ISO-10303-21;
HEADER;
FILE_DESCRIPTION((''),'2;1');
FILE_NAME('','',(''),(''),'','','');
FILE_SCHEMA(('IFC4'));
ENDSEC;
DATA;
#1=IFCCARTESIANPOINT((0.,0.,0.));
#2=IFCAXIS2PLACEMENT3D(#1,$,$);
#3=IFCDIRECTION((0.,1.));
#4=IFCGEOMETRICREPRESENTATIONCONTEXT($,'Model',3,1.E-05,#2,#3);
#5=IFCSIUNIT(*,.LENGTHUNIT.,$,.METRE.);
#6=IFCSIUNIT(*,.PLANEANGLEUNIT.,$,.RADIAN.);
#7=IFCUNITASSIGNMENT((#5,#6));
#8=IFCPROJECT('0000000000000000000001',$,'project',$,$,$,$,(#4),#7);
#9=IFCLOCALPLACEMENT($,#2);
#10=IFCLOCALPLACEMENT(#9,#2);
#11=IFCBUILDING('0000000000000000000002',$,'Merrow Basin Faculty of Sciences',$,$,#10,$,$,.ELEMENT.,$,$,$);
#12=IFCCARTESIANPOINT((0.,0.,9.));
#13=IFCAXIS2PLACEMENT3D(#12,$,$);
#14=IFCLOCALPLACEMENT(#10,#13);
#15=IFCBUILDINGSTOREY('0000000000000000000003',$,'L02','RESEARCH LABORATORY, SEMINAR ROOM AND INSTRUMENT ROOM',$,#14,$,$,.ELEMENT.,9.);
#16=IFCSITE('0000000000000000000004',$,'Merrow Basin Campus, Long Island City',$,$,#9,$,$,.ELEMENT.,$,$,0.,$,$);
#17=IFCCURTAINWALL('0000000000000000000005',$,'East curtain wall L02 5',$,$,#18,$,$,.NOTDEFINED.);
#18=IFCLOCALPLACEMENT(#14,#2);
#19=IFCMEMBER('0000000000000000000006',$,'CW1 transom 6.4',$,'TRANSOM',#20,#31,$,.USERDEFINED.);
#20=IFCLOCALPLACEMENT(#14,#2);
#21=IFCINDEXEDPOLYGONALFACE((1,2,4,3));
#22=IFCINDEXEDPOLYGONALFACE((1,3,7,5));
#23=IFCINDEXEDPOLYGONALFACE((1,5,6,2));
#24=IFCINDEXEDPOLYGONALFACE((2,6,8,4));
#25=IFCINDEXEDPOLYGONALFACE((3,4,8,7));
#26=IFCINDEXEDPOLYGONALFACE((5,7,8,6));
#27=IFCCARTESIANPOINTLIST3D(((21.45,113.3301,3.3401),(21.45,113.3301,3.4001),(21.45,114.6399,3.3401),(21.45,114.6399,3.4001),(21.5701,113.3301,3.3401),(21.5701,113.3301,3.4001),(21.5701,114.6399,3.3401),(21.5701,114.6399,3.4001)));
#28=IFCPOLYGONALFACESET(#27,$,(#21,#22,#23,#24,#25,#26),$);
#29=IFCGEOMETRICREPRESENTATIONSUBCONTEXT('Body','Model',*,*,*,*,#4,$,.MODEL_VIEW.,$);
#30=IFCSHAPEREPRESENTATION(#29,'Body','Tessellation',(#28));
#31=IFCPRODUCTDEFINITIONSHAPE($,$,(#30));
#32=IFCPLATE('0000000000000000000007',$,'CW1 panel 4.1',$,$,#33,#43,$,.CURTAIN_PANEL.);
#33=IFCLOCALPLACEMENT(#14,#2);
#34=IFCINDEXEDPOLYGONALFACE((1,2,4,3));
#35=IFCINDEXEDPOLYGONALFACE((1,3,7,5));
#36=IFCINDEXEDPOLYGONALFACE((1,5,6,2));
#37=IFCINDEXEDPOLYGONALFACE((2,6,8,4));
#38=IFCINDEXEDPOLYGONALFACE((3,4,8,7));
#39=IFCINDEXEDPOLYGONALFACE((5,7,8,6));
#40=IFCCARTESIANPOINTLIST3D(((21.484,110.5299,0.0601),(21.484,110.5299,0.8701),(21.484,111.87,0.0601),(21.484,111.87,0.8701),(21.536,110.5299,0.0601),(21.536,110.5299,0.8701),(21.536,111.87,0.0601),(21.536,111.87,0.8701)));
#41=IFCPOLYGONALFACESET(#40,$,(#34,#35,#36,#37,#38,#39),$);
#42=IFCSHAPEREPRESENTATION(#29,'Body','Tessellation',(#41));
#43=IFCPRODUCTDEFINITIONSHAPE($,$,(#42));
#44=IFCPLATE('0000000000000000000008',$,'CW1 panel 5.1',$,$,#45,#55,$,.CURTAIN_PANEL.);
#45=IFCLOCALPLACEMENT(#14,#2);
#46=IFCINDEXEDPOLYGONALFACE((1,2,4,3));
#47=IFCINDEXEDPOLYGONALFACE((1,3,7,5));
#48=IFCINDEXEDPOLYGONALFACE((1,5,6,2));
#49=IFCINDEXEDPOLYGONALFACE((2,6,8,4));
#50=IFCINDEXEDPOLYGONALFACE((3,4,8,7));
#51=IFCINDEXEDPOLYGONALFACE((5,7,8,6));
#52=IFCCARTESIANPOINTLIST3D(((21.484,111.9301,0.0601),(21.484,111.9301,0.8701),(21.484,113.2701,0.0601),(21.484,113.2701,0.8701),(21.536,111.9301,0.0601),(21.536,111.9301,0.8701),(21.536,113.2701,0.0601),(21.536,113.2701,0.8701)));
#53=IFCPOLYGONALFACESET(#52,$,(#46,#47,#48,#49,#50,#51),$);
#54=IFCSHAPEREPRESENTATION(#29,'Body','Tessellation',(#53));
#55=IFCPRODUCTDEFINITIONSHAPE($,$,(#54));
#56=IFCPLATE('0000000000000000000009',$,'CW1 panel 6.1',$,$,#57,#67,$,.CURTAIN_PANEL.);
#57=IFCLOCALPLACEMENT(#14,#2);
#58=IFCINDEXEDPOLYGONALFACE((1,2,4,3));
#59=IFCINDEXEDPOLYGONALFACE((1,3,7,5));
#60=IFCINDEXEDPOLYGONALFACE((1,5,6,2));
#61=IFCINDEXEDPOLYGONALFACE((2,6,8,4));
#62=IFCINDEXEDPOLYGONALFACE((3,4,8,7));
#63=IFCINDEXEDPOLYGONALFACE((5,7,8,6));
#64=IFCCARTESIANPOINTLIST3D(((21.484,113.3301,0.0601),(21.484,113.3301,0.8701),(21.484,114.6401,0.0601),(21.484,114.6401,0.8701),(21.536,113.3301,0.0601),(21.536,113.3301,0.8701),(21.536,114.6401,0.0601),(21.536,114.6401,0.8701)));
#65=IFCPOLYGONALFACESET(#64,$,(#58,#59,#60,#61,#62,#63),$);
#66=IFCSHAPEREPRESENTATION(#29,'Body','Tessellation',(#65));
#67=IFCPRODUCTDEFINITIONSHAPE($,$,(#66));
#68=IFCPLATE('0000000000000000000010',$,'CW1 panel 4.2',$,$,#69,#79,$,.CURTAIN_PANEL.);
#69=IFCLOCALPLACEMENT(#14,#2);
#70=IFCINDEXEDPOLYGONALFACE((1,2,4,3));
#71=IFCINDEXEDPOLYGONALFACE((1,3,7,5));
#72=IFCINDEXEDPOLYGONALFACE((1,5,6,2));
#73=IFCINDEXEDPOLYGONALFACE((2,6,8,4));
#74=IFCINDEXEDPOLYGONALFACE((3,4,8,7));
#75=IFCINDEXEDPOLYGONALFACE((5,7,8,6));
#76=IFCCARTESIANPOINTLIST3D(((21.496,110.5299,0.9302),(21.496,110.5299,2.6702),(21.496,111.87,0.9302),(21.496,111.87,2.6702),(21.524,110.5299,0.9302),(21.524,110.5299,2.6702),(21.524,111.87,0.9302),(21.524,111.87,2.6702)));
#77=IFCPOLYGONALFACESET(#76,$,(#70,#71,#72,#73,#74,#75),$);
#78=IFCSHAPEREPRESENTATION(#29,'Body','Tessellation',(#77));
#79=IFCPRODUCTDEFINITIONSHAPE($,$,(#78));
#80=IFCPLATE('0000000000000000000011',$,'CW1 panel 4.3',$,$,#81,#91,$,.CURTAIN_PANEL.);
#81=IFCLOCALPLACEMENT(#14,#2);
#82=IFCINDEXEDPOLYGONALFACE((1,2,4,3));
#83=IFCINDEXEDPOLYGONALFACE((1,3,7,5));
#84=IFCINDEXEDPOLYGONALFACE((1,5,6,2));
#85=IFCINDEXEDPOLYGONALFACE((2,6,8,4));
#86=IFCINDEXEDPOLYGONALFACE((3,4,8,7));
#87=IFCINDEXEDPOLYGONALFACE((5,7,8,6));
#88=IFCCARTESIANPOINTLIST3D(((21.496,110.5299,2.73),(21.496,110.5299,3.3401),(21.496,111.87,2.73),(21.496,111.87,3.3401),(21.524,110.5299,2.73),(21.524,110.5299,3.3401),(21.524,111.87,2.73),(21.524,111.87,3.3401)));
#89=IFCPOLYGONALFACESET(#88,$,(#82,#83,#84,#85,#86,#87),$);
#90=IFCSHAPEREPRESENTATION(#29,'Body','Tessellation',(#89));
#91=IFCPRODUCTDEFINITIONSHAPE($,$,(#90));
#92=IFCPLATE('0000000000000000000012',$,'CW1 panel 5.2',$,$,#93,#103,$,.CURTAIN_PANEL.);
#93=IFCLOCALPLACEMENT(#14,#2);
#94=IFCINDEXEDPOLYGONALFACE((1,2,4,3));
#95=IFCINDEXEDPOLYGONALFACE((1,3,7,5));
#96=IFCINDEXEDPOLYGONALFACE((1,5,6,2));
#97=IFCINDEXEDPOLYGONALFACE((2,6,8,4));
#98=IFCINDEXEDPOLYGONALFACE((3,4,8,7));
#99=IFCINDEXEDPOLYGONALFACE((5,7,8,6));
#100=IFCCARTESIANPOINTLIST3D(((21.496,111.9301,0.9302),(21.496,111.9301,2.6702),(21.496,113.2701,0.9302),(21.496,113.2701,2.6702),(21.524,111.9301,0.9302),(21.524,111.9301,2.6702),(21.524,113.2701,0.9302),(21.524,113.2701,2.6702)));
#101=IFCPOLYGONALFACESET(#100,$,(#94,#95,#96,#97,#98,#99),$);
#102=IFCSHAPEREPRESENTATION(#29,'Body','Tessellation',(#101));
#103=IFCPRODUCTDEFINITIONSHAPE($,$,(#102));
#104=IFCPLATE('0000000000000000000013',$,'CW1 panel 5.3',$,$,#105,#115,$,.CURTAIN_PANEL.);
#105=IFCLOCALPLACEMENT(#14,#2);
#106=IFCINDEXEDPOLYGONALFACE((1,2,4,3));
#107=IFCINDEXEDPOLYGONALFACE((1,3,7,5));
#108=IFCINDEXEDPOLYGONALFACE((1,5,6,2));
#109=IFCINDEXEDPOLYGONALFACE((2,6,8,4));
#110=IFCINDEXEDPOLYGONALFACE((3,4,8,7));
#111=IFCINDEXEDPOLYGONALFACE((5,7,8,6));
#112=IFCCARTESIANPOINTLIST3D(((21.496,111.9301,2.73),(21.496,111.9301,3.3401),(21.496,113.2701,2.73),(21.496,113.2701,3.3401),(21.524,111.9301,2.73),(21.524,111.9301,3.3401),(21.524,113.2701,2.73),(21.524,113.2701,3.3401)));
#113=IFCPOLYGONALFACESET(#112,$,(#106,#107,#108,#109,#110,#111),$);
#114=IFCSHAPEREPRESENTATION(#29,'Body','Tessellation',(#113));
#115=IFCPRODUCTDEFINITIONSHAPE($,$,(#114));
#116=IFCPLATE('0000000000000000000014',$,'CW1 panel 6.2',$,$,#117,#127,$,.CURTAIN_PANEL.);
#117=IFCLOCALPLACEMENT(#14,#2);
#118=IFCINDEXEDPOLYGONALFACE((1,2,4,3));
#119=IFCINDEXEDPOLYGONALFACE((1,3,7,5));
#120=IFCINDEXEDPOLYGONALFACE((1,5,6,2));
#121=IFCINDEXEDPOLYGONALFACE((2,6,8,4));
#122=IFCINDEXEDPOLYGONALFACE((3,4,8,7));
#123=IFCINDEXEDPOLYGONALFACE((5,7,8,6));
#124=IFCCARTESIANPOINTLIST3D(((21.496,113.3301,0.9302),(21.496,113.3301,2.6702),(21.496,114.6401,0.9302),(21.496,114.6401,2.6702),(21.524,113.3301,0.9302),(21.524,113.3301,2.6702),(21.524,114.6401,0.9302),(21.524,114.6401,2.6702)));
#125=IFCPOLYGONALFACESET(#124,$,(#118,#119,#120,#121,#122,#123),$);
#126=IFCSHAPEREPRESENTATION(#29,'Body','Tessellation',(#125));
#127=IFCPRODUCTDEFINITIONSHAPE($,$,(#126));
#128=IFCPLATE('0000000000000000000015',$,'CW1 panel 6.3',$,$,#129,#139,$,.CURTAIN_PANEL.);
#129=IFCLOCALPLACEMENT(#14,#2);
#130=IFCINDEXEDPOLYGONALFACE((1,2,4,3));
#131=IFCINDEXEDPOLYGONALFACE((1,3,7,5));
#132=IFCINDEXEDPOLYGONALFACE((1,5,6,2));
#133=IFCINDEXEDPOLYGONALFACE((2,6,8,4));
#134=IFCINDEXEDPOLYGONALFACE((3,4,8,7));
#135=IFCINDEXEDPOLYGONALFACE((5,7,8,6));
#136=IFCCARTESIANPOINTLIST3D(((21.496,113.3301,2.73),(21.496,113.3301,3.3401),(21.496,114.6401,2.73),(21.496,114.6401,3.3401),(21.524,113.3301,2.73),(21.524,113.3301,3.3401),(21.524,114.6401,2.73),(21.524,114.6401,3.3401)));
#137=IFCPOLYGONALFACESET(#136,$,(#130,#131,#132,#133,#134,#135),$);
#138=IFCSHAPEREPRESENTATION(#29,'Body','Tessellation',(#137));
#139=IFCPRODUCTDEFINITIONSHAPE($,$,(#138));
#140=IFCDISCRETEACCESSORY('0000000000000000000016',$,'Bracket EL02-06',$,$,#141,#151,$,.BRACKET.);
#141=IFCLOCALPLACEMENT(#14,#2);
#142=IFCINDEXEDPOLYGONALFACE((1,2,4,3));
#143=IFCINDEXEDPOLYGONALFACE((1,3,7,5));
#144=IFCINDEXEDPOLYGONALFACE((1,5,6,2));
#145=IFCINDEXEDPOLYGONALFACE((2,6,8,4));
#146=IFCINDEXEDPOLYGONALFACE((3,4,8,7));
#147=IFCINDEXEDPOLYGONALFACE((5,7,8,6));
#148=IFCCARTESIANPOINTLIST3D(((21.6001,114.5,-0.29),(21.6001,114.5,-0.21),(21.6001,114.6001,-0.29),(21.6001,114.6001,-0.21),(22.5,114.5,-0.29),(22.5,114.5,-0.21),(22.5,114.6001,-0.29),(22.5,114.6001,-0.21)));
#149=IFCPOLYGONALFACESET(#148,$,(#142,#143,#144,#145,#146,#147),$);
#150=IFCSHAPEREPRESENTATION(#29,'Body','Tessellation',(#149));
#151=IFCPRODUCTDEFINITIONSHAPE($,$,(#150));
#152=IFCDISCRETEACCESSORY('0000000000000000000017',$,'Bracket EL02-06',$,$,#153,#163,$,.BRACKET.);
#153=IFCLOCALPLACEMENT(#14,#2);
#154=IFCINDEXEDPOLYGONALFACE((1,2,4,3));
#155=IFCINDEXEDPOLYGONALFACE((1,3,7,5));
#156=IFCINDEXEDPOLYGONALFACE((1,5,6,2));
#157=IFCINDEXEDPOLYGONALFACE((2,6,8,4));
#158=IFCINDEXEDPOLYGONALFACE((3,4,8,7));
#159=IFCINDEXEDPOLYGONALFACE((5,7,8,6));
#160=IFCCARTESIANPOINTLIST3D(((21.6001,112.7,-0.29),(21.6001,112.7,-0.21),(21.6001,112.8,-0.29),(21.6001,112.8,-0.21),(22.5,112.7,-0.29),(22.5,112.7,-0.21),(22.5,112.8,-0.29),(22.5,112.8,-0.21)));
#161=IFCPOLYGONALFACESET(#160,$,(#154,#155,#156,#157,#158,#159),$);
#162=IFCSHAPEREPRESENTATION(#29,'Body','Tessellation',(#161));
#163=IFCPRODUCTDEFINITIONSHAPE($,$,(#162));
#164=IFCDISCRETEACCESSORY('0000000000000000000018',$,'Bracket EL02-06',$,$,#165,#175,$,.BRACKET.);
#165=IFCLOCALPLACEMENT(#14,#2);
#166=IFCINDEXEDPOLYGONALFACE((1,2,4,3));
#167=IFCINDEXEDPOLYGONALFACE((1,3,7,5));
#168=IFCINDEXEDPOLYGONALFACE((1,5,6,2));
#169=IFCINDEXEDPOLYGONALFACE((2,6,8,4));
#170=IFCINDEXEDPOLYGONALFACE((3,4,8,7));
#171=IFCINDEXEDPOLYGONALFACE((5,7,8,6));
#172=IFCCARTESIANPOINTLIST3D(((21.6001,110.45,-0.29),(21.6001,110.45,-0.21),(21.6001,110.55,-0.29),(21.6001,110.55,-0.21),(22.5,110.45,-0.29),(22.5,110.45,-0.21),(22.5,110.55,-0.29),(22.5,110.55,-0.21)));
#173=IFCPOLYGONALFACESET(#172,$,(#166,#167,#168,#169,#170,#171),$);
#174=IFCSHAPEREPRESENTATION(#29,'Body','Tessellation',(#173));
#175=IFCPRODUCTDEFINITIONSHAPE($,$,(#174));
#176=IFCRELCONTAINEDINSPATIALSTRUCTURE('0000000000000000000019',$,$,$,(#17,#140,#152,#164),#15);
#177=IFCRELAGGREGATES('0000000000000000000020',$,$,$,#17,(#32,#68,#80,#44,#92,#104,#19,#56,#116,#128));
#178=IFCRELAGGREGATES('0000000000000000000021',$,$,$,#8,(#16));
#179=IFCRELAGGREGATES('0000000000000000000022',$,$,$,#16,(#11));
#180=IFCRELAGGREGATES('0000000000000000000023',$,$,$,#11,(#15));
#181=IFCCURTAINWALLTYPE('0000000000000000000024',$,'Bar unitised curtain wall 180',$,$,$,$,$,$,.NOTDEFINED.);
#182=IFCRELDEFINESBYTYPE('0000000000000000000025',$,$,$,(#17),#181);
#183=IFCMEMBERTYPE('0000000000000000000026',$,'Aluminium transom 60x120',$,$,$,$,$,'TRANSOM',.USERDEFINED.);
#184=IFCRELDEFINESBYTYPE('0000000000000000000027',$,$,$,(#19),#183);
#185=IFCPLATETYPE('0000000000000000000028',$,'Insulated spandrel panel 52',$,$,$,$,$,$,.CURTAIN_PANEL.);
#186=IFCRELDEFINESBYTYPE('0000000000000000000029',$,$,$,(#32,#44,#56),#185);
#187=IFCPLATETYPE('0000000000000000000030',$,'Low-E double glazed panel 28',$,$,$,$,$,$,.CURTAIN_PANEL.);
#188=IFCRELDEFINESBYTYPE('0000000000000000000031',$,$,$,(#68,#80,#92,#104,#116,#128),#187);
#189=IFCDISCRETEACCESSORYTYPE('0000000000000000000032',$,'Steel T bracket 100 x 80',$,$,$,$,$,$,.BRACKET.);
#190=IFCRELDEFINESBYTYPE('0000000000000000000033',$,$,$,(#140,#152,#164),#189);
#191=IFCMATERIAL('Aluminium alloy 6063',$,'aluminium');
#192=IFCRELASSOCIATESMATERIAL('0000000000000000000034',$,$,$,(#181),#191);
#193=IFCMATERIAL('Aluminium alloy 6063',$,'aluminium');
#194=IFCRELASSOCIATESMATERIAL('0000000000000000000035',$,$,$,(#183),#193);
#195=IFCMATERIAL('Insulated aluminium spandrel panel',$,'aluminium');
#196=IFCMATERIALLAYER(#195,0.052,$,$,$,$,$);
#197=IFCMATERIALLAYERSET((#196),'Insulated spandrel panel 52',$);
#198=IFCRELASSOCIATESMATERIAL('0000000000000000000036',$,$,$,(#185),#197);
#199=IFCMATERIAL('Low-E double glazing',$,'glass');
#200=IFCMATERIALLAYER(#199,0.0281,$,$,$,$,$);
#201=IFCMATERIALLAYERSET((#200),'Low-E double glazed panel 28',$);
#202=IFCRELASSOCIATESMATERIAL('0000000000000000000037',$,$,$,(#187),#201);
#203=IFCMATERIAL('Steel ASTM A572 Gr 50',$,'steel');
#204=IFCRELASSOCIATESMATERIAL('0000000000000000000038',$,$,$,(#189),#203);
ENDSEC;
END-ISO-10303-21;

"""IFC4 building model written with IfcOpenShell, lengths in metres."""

from ifc_helpers import new_model, si_unit, direction, frame, origin, origin_2d, place, context, subcontext, project, spatial, polyline, rectangle, outline, extrude, source, transform, mapped, material, layer, layer_set, material_profile, profile_set, type_object, element, aggregate, save


model = new_model("IFC4")

# Units and contexts
model_context = context("Model", 3, precision=1e-05, world=origin(), true_north=direction((0.0, 1.0)))
body_context = subcontext(model_context, "Body", "Model", "MODEL_VIEW")
ifc_project = project(units=[si_unit("LENGTHUNIT", "METRE"), si_unit("PLANEANGLEUNIT", "RADIAN")], contexts=[model_context])

# Site, building, storey
site_placement = place(None, origin())
site = spatial("IfcSite", under=ifc_project, at=site_placement, Name="Merrow Basin Campus, Long Island City", CompositionType="ELEMENT", RefElevation=0.0)
building_placement = place(site_placement, origin())
building = spatial("IfcBuilding", under=site, at=building_placement, Name="Merrow Basin Faculty of Sciences", CompositionType="ELEMENT")
storey_placement = place(building_placement, frame((0.0, 0.0, 9.0)))
storey = spatial("IfcBuildingStorey", under=building, at=storey_placement, Name="L02", Description="RESEARCH LABORATORY, SEMINAR ROOM AND INSTRUMENT ROOM", CompositionType="ELEMENT", Elevation=9.0)

# Curtain wall, member, plates
ifc_material_1 = material(Name="Aluminium alloy 6063", Category="aluminium")
curtain_wall_type = type_object("IfcCurtainWallType", Name="Bar unitised curtain wall 180", PredefinedType="NOTDEFINED", material=ifc_material_1)
curtain_wall_placement = place(storey_placement, origin())
curtain_wall = element("IfcCurtainWall", 1, at=curtain_wall_placement, inside=storey, type_object=curtain_wall_type, Name="East curtain wall L02 5", PredefinedType="NOTDEFINED")
ifc_material_2 = material(Name="Aluminium alloy 6063", Category="aluminium")
ifc_material_profile_1 = material_profile(ifc_material_2, rectangle(XDim=0.1201, YDim=0.0601, at=origin_2d()))
ifc_profile_set_1 = profile_set([ifc_material_profile_1], Name="Aluminium alloy 6063")
member_type_1 = type_object("IfcMemberType", Name="Aluminium transom 60x120", ElementType="TRANSOM", PredefinedType="USERDEFINED", material=ifc_profile_set_1)
member_1_placement = place(storey_placement, frame((21.51, 113.3301, 3.3701), z_axis=(0.0, 1.0, 0.0), x_axis=(-1.0, 0.0, 0.0)))
member_1 = element("IfcMember", 2, at=member_1_placement, type_object=member_type_1, Name="CW1 transom 6.4", ObjectType="TRANSOM", PredefinedType="USERDEFINED", context=body_context, shape_type="SweptSolid", body=[
    extrude(rectangle(XDim=0.1201, YDim=0.0601, at=origin_2d()), origin(), (0.0, 0.0, 1.0), 1.3098),
])
ifc_material_3 = material(Name="Insulated aluminium spandrel panel", Category="aluminium")
ifc_layer_1 = layer(ifc_material_3, 0.052)
ifc_layer_set_1 = layer_set([ifc_layer_1], Name="Insulated spandrel panel 52")
plate_type_1 = type_object("IfcPlateType", Name="Insulated spandrel panel 52", PredefinedType="CURTAIN_PANEL", material=ifc_layer_set_1)
plate_1_placement = place(storey_placement, frame((21.51, 111.2, 0.0601), z_axis=(0.0, 0.0, 1.0), x_axis=(0.0, 1.0, 0.0)))
plate_1 = element("IfcPlate", 3, at=plate_1_placement, type_object=plate_type_1, Name="CW1 panel 4.1", PredefinedType="CURTAIN_PANEL", context=body_context, shape_type="SweptSolid", body=[
    extrude(rectangle(XDim=1.3401, YDim=0.052, at=origin_2d()), origin(), (0.0, 0.0, 1.0), 0.8101),
])
plate_2_placement = place(storey_placement, frame((21.51, 112.6001, 0.0601), z_axis=(0.0, 0.0, 1.0), x_axis=(0.0, 1.0, 0.0)))
plate_2 = element("IfcPlate", 4, at=plate_2_placement, type_object=plate_type_1, Name="CW1 panel 5.1", PredefinedType="CURTAIN_PANEL", context=body_context, shape_type="SweptSolid", body=[
    extrude(rectangle(XDim=1.3401, YDim=0.052, at=origin_2d()), origin(), (0.0, 0.0, 1.0), 0.8101),
])
plate_3_placement = place(storey_placement, frame((21.51, 113.9851, 0.0601), z_axis=(0.0, 0.0, 1.0), x_axis=(0.0, 1.0, 0.0)))
plate_3 = element("IfcPlate", 5, at=plate_3_placement, type_object=plate_type_1, Name="CW1 panel 6.1", PredefinedType="CURTAIN_PANEL", context=body_context, shape_type="SweptSolid", body=[
    extrude(rectangle(XDim=1.3101, YDim=0.052, at=origin_2d()), origin(), (0.0, 0.0, 1.0), 0.8101),
])
ifc_material_4 = material(Name="Low-E double glazing", Category="glass")
ifc_layer_2 = layer(ifc_material_4, 0.0281)
ifc_layer_set_2 = layer_set([ifc_layer_2], Name="Low-E double glazed panel 28")
plate_type_2 = type_object("IfcPlateType", Name="Low-E double glazed panel 28", PredefinedType="CURTAIN_PANEL", material=ifc_layer_set_2)
plate_4_placement = place(storey_placement, frame((21.51, 111.2, 0.9302), z_axis=(0.0, 0.0, 1.0), x_axis=(0.0, 1.0, 0.0)))
plate_4 = element("IfcPlate", 6, at=plate_4_placement, type_object=plate_type_2, Name="CW1 panel 4.2", PredefinedType="CURTAIN_PANEL", context=body_context, shape_type="SweptSolid", body=[
    extrude(rectangle(XDim=1.3401, YDim=0.0281, at=origin_2d()), origin(), (0.0, 0.0, 1.0), 1.74),
])
plate_5_placement = place(storey_placement, frame((21.51, 111.2, 2.73), z_axis=(0.0, 0.0, 1.0), x_axis=(0.0, 1.0, 0.0)))
plate_5 = element("IfcPlate", 7, at=plate_5_placement, type_object=plate_type_2, Name="CW1 panel 4.3", PredefinedType="CURTAIN_PANEL", context=body_context, shape_type="SweptSolid", body=[
    extrude(rectangle(XDim=1.3401, YDim=0.0281, at=origin_2d()), origin(), (0.0, 0.0, 1.0), 0.6101),
])
plate_6_placement = place(storey_placement, frame((21.51, 112.6001, 0.9302), z_axis=(0.0, 0.0, 1.0), x_axis=(0.0, 1.0, 0.0)))
plate_6 = element("IfcPlate", 8, at=plate_6_placement, type_object=plate_type_2, Name="CW1 panel 5.2", PredefinedType="CURTAIN_PANEL", context=body_context, shape_type="SweptSolid", body=[
    extrude(rectangle(XDim=1.3401, YDim=0.0281, at=origin_2d()), origin(), (0.0, 0.0, 1.0), 1.74),
])
plate_7_placement = place(storey_placement, frame((21.51, 112.6001, 2.73), z_axis=(0.0, 0.0, 1.0), x_axis=(0.0, 1.0, 0.0)))
plate_7 = element("IfcPlate", 9, at=plate_7_placement, type_object=plate_type_2, Name="CW1 panel 5.3", PredefinedType="CURTAIN_PANEL", context=body_context, shape_type="SweptSolid", body=[
    extrude(rectangle(XDim=1.3401, YDim=0.0281, at=origin_2d()), origin(), (0.0, 0.0, 1.0), 0.6101),
])
plate_8_placement = place(storey_placement, frame((21.51, 113.9851, 0.9302), z_axis=(0.0, 0.0, 1.0), x_axis=(0.0, 1.0, 0.0)))
plate_8 = element("IfcPlate", 10, at=plate_8_placement, type_object=plate_type_2, Name="CW1 panel 6.2", PredefinedType="CURTAIN_PANEL", context=body_context, shape_type="SweptSolid", body=[
    extrude(rectangle(XDim=1.3101, YDim=0.0281, at=origin_2d()), origin(), (0.0, 0.0, 1.0), 1.74),
])
plate_9_placement = place(storey_placement, frame((21.51, 113.9851, 2.73), z_axis=(0.0, 0.0, 1.0), x_axis=(0.0, 1.0, 0.0)))
plate_9 = element("IfcPlate", 11, at=plate_9_placement, type_object=plate_type_2, Name="CW1 panel 6.3", PredefinedType="CURTAIN_PANEL", context=body_context, shape_type="SweptSolid", body=[
    extrude(rectangle(XDim=1.3101, YDim=0.0281, at=origin_2d()), origin(), (0.0, 0.0, 1.0), 0.6101),
])
aggregate(curtain_wall, [plate_1, plate_4, plate_5, plate_2, plate_6, plate_7, member_1, plate_3, plate_8, plate_9])

# Discrete accessories
ifc_material_5 = material(Name="Steel ASTM A572 Gr 50", Category="steel")
discrete_accessory_type = type_object("IfcDiscreteAccessoryType", Name="Steel T bracket 100 x 80", PredefinedType="BRACKET", material=ifc_material_5)
shared_shape = source(origin(), body_context, "Body", "SweptSolid", [
    extrude(outline(polyline([(0.0, 0.0), (0.1001, 0.0), (0.1001, 0.0801), (0.0, 0.0801), (0.0, 0.0)])), origin(), (0.0, 0.0, 1.0), 0.8999),
])
for number, where, z_axis, x_axis, name in (
    (12, (22.5, 114.6001, -0.29), (-1.0, 0.0, 0.0), (0.0, -1.0, 0.0), "Bracket EL02-06"),
    (13, (22.5, 112.8, -0.29), (-1.0, 0.0, 0.0), (0.0, -1.0, 0.0), "Bracket EL02-06"),
    (14, (22.5, 110.55, -0.29), (-1.0, 0.0, 0.0), (0.0, -1.0, 0.0), "Bracket EL02-06"),
):
    element("IfcDiscreteAccessory", number, at=place(storey_placement, frame(where, z_axis=z_axis, x_axis=x_axis)), inside=storey, type_object=discrete_accessory_type, Name=name, PredefinedType="BRACKET", context=body_context, shape_type="MappedRepresentation", body=[
        mapped(shared_shape, transform((0.0, 0.0, 0.0), scale=1.0)),
    ])

save(model, "model.ifc")
